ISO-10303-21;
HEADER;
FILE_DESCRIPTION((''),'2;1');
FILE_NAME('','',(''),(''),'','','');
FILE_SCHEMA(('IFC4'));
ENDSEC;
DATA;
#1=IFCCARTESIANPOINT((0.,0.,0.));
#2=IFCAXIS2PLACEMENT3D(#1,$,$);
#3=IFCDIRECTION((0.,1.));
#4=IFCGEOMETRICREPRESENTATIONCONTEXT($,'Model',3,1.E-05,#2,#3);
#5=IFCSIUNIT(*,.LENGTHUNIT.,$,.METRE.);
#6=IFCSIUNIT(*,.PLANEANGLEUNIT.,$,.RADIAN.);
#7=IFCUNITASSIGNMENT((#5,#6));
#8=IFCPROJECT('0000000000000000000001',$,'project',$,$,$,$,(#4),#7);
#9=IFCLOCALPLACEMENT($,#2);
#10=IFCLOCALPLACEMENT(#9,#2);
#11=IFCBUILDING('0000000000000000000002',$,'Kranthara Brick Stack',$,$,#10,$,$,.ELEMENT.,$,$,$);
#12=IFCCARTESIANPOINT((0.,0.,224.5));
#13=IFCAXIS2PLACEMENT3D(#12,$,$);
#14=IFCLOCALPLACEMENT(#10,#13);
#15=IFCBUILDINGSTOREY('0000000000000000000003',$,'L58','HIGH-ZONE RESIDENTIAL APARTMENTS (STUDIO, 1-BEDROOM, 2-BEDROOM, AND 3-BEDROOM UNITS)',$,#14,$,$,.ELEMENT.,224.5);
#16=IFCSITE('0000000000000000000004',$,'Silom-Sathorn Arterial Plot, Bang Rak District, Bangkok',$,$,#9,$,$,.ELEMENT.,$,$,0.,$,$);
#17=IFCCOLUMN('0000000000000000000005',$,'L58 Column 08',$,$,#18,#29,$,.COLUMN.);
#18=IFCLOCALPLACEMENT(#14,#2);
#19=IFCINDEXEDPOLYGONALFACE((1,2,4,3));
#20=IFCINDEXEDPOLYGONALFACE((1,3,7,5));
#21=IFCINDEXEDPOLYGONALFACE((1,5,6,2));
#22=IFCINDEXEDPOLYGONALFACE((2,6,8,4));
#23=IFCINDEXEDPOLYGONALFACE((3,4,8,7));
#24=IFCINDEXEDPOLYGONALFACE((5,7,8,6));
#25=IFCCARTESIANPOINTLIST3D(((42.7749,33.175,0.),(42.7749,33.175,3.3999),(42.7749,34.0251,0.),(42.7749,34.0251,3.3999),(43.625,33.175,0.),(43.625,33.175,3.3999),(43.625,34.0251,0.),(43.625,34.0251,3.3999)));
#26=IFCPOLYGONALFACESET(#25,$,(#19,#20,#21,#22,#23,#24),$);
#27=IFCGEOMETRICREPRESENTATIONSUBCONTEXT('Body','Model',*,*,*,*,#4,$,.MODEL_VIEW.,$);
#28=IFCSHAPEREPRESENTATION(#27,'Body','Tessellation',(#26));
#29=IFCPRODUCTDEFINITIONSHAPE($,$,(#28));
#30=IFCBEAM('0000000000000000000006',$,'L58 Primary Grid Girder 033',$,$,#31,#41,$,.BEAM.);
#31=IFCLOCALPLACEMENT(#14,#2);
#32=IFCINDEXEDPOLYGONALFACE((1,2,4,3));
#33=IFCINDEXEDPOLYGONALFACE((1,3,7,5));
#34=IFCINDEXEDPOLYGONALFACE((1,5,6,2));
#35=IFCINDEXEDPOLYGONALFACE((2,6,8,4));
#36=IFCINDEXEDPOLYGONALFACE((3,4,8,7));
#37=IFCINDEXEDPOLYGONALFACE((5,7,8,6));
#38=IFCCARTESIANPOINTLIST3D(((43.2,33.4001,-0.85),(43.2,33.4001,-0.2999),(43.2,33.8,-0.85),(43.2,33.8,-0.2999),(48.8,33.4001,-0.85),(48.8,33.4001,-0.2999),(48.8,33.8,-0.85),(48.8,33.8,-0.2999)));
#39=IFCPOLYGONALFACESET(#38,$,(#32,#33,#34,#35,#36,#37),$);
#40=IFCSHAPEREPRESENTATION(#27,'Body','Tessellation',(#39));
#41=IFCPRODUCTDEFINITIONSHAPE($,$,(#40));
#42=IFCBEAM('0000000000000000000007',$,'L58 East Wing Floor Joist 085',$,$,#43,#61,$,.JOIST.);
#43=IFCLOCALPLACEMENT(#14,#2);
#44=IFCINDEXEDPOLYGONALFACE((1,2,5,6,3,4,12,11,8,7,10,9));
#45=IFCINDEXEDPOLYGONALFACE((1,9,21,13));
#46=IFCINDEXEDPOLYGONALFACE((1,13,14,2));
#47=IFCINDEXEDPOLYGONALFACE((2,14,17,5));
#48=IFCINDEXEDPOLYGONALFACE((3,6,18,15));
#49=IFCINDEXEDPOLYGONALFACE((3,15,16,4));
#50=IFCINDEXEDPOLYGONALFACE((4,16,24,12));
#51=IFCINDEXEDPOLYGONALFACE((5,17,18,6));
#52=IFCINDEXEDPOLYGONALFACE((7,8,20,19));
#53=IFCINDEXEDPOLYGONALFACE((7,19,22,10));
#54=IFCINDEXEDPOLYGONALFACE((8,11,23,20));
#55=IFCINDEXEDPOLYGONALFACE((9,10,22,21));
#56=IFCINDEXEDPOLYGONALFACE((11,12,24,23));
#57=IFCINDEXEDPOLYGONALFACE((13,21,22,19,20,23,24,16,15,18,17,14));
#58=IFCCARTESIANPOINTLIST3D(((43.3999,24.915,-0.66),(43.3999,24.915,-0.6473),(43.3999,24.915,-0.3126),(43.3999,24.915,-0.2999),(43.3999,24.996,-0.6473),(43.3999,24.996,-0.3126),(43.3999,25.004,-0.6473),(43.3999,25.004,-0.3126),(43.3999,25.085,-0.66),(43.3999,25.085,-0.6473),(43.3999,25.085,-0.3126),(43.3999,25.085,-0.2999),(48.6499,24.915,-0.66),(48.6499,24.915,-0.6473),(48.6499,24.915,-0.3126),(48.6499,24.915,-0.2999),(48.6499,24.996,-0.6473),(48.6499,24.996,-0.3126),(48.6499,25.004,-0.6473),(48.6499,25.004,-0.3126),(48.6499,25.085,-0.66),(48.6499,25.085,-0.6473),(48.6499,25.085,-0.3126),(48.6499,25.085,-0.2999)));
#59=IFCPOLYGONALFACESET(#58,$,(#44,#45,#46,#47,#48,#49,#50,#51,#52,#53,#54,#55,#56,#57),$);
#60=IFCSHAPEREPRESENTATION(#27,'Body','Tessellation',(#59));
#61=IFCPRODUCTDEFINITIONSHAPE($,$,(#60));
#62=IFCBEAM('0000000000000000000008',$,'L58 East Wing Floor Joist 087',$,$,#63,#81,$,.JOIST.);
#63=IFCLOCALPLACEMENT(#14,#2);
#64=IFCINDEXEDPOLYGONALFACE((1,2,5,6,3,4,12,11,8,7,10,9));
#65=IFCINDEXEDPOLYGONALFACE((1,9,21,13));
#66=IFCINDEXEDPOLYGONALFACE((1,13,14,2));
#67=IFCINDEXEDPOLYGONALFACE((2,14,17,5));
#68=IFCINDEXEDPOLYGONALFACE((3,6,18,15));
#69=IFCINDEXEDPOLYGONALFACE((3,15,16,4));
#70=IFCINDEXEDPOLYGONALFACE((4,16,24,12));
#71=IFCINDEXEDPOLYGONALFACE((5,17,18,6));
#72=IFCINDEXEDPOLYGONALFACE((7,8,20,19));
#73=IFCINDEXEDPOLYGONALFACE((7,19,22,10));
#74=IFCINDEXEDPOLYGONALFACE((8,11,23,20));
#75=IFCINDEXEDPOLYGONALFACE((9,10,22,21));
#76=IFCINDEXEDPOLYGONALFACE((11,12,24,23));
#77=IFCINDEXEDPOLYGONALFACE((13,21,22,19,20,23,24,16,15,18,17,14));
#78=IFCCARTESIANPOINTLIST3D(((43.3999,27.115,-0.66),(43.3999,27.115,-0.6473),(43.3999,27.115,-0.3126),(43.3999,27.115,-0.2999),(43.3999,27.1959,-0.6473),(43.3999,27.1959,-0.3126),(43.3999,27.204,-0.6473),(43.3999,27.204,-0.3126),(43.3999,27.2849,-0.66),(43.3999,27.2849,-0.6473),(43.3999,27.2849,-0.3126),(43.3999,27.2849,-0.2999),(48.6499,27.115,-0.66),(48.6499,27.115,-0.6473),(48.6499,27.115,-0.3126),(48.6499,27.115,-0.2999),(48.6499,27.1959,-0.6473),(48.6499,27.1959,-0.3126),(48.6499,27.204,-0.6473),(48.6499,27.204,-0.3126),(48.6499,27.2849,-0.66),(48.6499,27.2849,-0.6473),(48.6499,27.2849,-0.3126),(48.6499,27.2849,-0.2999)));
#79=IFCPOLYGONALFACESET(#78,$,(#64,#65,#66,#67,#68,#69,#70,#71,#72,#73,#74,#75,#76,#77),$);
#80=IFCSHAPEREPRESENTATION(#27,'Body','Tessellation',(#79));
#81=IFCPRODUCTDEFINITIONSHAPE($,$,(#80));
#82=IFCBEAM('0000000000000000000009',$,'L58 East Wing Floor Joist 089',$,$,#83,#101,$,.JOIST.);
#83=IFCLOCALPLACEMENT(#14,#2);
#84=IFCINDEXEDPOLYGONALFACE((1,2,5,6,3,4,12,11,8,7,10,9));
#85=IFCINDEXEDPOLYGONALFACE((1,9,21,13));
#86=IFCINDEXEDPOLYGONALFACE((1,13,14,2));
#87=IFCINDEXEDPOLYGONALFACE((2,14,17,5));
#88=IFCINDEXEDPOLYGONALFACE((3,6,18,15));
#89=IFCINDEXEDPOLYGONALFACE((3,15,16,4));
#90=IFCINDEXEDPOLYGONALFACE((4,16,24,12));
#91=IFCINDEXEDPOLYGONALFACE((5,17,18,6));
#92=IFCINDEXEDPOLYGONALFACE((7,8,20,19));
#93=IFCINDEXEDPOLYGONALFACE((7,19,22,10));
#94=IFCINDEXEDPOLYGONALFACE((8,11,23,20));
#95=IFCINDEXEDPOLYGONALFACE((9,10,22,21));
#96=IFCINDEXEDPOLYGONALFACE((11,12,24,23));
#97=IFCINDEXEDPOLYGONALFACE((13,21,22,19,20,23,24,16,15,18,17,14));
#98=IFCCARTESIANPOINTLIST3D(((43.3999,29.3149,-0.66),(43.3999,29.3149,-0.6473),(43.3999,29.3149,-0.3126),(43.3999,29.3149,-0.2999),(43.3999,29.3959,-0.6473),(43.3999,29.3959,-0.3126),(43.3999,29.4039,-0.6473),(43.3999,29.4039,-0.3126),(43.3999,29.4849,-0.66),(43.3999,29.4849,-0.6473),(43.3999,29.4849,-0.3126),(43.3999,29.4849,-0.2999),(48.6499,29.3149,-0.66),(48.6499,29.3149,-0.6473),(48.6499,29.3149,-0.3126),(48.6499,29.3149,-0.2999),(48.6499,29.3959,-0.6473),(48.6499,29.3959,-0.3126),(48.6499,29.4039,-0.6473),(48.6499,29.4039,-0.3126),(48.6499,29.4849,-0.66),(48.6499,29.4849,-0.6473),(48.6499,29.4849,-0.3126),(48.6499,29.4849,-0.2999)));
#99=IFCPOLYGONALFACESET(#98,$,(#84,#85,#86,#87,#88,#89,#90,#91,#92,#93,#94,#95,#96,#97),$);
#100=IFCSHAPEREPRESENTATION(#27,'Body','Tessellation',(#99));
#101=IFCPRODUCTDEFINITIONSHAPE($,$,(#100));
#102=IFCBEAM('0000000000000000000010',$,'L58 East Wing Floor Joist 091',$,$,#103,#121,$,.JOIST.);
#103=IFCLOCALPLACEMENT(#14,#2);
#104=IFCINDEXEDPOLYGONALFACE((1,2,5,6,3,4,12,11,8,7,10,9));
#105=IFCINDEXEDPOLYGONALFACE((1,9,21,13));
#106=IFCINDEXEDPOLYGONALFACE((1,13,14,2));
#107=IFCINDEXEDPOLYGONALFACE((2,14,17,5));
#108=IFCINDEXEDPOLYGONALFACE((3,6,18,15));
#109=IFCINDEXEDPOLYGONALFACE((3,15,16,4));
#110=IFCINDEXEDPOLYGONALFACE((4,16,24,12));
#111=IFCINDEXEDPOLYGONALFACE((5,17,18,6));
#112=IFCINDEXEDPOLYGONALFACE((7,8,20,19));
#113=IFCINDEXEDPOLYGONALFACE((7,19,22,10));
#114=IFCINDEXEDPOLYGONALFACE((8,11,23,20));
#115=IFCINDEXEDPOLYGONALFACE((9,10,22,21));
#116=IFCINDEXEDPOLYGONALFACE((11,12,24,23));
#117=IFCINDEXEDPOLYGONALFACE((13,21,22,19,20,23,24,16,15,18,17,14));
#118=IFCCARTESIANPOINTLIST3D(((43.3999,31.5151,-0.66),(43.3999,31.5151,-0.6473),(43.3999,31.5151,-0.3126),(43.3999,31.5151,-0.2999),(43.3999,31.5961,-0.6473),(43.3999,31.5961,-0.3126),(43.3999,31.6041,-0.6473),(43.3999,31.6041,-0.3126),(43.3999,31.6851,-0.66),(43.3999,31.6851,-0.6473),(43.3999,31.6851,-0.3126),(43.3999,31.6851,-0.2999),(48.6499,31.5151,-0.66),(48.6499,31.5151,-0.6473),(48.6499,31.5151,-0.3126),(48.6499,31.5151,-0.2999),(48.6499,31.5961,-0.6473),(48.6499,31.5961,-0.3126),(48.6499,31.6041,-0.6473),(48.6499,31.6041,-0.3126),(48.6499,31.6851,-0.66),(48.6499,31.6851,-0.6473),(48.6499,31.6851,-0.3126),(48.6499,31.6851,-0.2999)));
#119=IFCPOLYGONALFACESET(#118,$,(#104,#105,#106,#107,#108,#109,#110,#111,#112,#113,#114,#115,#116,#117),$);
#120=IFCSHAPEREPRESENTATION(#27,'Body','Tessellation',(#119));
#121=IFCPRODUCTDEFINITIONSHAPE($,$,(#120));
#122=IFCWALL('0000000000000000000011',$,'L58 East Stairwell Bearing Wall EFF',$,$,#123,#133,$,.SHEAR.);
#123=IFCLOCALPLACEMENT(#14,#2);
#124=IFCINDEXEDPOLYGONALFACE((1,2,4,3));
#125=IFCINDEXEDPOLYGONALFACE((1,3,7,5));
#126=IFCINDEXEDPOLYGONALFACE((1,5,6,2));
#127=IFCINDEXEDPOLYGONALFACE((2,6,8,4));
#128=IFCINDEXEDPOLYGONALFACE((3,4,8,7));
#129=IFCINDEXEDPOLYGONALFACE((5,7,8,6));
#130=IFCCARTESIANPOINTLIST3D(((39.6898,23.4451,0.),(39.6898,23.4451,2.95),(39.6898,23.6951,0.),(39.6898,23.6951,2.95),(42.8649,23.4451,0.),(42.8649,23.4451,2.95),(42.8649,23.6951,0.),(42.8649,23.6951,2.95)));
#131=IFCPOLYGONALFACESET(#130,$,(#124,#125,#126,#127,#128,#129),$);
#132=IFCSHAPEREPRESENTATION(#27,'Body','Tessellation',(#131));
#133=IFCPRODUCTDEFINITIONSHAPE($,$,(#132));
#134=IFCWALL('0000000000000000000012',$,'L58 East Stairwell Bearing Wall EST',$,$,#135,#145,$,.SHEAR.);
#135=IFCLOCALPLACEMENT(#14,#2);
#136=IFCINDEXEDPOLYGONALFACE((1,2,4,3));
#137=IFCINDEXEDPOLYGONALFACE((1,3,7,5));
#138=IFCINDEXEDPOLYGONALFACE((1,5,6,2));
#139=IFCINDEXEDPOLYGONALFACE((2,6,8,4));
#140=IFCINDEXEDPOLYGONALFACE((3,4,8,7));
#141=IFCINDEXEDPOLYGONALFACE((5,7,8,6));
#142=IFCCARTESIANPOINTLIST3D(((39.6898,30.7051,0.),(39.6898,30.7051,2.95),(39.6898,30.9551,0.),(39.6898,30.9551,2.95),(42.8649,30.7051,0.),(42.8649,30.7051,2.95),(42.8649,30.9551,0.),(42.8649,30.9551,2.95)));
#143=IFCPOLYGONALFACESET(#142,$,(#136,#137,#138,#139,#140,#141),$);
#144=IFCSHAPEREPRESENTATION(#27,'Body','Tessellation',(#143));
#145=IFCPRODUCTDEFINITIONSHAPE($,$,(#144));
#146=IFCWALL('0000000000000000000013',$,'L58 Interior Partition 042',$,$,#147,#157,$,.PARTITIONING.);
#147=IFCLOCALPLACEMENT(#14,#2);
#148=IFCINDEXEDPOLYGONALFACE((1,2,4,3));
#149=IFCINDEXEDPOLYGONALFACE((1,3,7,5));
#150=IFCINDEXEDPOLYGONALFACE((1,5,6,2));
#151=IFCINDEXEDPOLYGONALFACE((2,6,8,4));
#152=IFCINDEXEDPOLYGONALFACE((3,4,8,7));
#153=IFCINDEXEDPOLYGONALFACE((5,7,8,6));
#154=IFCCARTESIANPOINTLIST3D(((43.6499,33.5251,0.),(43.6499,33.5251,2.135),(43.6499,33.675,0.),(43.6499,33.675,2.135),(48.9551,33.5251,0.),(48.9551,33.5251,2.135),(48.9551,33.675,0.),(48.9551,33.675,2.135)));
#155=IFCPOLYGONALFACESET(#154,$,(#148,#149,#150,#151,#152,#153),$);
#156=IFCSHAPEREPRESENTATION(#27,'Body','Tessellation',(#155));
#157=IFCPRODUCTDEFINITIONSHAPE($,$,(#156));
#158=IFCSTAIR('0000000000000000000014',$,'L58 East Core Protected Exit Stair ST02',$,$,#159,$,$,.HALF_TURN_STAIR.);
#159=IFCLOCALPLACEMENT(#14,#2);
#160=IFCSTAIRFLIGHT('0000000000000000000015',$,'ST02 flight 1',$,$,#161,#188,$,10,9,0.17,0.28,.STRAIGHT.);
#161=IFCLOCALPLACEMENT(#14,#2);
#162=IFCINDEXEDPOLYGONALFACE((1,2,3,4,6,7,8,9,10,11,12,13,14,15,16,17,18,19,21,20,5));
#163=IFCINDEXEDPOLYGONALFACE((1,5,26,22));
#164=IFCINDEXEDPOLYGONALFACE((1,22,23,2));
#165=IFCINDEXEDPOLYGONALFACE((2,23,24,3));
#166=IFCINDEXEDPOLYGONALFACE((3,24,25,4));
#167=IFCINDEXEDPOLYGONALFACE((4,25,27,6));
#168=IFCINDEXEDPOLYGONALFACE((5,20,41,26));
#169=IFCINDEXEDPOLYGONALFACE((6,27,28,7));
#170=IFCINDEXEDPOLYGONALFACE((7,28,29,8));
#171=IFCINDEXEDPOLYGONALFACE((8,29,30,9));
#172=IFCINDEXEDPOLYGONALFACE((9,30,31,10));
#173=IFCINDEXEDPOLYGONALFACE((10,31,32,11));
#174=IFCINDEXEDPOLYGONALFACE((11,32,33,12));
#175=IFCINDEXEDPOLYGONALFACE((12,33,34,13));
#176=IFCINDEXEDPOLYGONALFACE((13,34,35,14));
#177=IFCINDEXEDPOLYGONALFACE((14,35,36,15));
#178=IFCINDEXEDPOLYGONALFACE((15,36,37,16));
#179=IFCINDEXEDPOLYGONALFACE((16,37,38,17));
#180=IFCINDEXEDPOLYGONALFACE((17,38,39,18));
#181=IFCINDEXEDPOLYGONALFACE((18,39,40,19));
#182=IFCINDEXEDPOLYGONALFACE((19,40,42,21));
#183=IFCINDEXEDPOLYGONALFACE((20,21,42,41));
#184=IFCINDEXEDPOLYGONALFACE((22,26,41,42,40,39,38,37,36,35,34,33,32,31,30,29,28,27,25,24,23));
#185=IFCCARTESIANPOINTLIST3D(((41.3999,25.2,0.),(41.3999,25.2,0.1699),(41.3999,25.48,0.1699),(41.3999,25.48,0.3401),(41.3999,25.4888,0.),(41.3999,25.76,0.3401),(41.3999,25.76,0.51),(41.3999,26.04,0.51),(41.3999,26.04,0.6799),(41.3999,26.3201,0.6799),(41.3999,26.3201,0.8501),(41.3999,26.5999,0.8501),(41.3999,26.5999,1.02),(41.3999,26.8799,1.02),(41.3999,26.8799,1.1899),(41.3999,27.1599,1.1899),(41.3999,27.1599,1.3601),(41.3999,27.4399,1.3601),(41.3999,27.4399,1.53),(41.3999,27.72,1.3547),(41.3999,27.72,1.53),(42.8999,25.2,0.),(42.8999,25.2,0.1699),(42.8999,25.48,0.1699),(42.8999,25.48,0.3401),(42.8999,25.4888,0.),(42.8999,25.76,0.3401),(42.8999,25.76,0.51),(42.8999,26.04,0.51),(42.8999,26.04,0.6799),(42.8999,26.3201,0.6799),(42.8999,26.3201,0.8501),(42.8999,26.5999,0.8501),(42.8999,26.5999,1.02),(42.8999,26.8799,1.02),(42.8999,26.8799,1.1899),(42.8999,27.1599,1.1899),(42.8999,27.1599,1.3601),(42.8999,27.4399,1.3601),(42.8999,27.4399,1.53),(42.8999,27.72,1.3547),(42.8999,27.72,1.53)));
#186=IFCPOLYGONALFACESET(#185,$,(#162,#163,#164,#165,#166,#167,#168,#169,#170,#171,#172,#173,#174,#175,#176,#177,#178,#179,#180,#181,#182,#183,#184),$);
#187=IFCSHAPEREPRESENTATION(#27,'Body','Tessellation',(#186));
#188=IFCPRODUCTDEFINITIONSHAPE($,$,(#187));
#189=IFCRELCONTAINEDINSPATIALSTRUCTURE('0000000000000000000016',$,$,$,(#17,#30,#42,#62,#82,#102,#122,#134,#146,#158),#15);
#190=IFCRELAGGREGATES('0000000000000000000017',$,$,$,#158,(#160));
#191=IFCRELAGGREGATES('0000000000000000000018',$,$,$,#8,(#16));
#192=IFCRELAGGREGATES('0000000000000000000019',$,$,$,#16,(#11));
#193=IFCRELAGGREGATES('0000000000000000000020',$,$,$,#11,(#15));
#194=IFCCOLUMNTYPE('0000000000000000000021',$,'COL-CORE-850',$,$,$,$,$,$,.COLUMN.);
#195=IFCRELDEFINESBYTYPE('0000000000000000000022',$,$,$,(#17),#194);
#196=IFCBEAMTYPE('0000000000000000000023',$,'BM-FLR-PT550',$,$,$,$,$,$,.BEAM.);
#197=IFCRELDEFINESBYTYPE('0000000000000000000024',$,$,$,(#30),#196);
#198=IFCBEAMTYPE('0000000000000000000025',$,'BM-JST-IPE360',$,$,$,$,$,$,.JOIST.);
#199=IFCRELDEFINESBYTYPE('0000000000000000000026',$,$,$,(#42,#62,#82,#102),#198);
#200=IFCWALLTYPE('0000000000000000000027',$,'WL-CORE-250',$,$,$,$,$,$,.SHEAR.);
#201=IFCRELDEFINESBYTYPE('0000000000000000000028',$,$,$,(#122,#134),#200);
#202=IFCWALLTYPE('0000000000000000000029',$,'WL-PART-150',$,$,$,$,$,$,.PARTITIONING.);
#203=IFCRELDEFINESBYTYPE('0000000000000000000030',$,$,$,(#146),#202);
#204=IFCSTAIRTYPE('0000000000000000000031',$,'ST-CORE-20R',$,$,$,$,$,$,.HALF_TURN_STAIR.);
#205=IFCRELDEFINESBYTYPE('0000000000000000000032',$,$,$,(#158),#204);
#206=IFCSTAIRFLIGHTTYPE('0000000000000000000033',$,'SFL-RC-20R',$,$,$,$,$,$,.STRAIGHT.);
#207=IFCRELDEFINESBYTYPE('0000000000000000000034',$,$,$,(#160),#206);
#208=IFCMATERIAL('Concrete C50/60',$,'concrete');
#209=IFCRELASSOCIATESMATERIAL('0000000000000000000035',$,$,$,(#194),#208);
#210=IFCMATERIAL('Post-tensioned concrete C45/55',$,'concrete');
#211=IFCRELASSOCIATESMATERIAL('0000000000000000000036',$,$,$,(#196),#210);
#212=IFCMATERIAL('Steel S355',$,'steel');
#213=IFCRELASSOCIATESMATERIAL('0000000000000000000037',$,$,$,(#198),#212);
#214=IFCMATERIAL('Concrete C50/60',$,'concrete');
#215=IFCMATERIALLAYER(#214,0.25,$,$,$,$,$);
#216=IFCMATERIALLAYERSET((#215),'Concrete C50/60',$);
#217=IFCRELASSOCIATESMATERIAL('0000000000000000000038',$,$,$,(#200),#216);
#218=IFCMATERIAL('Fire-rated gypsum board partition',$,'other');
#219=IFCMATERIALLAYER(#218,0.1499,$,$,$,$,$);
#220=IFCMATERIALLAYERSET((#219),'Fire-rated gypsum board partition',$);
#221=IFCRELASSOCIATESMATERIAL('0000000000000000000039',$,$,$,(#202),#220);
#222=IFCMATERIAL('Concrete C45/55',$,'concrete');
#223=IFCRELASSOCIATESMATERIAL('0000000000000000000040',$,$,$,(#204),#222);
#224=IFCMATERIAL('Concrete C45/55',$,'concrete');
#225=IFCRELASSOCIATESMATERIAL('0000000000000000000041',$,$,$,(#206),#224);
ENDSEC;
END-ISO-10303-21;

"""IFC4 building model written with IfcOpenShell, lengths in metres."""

from ifc_helpers import new_model, si_unit, direction, frame, frame_2d, origin, origin_2d, place, context, subcontext, project, spatial, polyline, rectangle, i_section, outline, extrude, material, layer, layer_set, material_profile, profile_set, type_object, element, aggregate, save


model = new_model("IFC4")

# Units and contexts
model_context = context("Model", 3, precision=1e-05, world=origin(), true_north=direction((0.0, 1.0)))
body_context = subcontext(model_context, "Body", "Model", "MODEL_VIEW")
ifc_project = project(units=[si_unit("LENGTHUNIT", "METRE"), si_unit("PLANEANGLEUNIT", "RADIAN")], contexts=[model_context])

# Site, building, storey
site_placement = place(None, origin())
site = spatial("IfcSite", under=ifc_project, at=site_placement, Name="Silom-Sathorn Arterial Plot, Bang Rak District, Bangkok", CompositionType="ELEMENT", RefElevation=0.0)
building_placement = place(site_placement, origin())
building = spatial("IfcBuilding", under=site, at=building_placement, Name="Kranthara Brick Stack", CompositionType="ELEMENT")
storey_placement = place(building_placement, frame((0.0, 0.0, 224.5)))
storey = spatial("IfcBuildingStorey", under=building, at=storey_placement, Name="L58", Description="HIGH-ZONE RESIDENTIAL APARTMENTS (STUDIO, 1-BEDROOM, 2-BEDROOM, AND 3-BEDROOM UNITS)", CompositionType="ELEMENT", Elevation=224.5)

# Column
ifc_material_1 = material(Name="Concrete C50/60", Category="concrete")
ifc_material_profile_1 = material_profile(ifc_material_1, rectangle(XDim=0.8501, YDim=0.8501, at=origin_2d()), Name="RC 850x850")
ifc_profile_set_1 = profile_set([ifc_material_profile_1], Name="Concrete C50/60")
column_type = type_object("IfcColumnType", Name="COL-CORE-850", PredefinedType="COLUMN", material=ifc_profile_set_1)
column_placement = place(storey_placement, frame((43.2, 33.6001, 0.0), z_axis=(0.0, 0.0, 1.0), x_axis=(1.0, 0.0, 0.0)))
element("IfcColumn", 1, at=column_placement, inside=storey, type_object=column_type, Name="L58 Column 08", PredefinedType="COLUMN", context=body_context, shape_type="SweptSolid", body=[
    extrude(rectangle(XDim=0.8501, YDim=0.8501, at=origin_2d()), origin(), (0.0, 0.0, 1.0), 3.3999),
])

# Beams
ifc_material_2 = material(Name="Post-tensioned concrete C45/55", Category="concrete")
ifc_material_profile_2 = material_profile(ifc_material_2, rectangle(XDim=0.3999, YDim=0.55, at=origin_2d()), Name="PT 400x550")
ifc_profile_set_2 = profile_set([ifc_material_profile_2], Name="Post-tensioned concrete C45/55")
beam_type_1 = type_object("IfcBeamType", Name="BM-FLR-PT550", PredefinedType="BEAM", material=ifc_profile_set_2)
beam_placement = place(storey_placement, frame((43.2, 33.6001, -0.575), z_axis=(1.0, 0.0, 0.0), x_axis=(0.0, 1.0, 0.0)))
element("IfcBeam", 2, at=beam_placement, inside=storey, type_object=beam_type_1, Name="L58 Primary Grid Girder 033", PredefinedType="BEAM", context=body_context, shape_type="SweptSolid", body=[
    extrude(rectangle(XDim=0.3999, YDim=0.55, at=origin_2d()), origin(), (0.0, 0.0, 1.0), 5.6001),
])
ifc_material_3 = material(Name="Steel S355", Category="steel")
ifc_material_profile_3 = material_profile(ifc_material_3, i_section(OverallWidth=0.1699, OverallDepth=0.3601, WebThickness=0.0081, FlangeThickness=0.0127, at=origin_2d()), Name="IPE 360")
ifc_profile_set_3 = profile_set([ifc_material_profile_3], Name="Steel S355")
beam_type_2 = type_object("IfcBeamType", Name="BM-JST-IPE360", PredefinedType="JOIST", material=ifc_profile_set_3)
for number, where, z_axis, x_axis, name in (
    (3, (43.3999, 25.0, -0.48), (1.0, 0.0, 0.0), (0.0, 1.0, 0.0), "L58 East Wing Floor Joist 085"),
    (4, (43.3999, 27.2, -0.48), (1.0, 0.0, 0.0), (0.0, 1.0, 0.0), "L58 East Wing Floor Joist 087"),
    (5, (43.3999, 29.3999, -0.48), (1.0, 0.0, 0.0), (0.0, 1.0, 0.0), "L58 East Wing Floor Joist 089"),
    (6, (43.3999, 31.6001, -0.48), (1.0, 0.0, 0.0), (0.0, 1.0, 0.0), "L58 East Wing Floor Joist 091"),
):
    element("IfcBeam", number, at=place(storey_placement, frame(where, z_axis=z_axis, x_axis=x_axis)), inside=storey, type_object=beam_type_2, Name=name, PredefinedType="JOIST", context=body_context, shape_type="SweptSolid", body=[
        extrude(i_section(OverallWidth=0.1699, OverallDepth=0.3601, WebThickness=0.0081, FlangeThickness=0.0127, at=origin_2d()), origin(), (0.0, 0.0, 1.0), 5.25),
    ])

# Walls
ifc_material_4 = material(Name="Concrete C50/60", Category="concrete")
ifc_layer_1 = layer(ifc_material_4, 0.25)
ifc_layer_set_1 = layer_set([ifc_layer_1], Name="Concrete C50/60")
wall_type_1 = type_object("IfcWallType", Name="WL-CORE-250", PredefinedType="SHEAR", material=ifc_layer_set_1)
for number, where, z_axis, x_axis, name in (
    (7, (39.6899, 23.5701, 0.0), (0.0, 0.0, 1.0), (1.0, 0.0, 0.0), "L58 East Stairwell Bearing Wall EFF"),
    (8, (39.6899, 30.8301, 0.0), (0.0, 0.0, 1.0), (1.0, 0.0, 0.0), "L58 East Stairwell Bearing Wall EST"),
):
    element("IfcWall", number, at=place(storey_placement, frame(where, z_axis=z_axis, x_axis=x_axis)), inside=storey, type_object=wall_type_1, Name=name, PredefinedType="SHEAR", context=body_context, shape_type="SweptSolid", body=[
        extrude(rectangle(XDim=3.175, YDim=0.25, at=frame_2d((1.5874, 0.0))), origin(), (0.0, 0.0, 1.0), 2.95),
    ])
ifc_material_5 = material(Name="Fire-rated gypsum board partition", Category="other")
ifc_layer_2 = layer(ifc_material_5, 0.1499)
ifc_layer_set_2 = layer_set([ifc_layer_2], Name="Fire-rated gypsum board partition")
wall_type_2 = type_object("IfcWallType", Name="WL-PART-150", PredefinedType="PARTITIONING", material=ifc_layer_set_2)
wall_placement = place(storey_placement, frame((43.6499, 33.6001, 0.0), z_axis=(0.0, 0.0, 1.0), x_axis=(1.0, 0.0, 0.0)))
element("IfcWall", 9, at=wall_placement, inside=storey, type_object=wall_type_2, Name="L58 Interior Partition 042", PredefinedType="PARTITIONING", context=body_context, shape_type="SweptSolid", body=[
    extrude(rectangle(XDim=5.3052, YDim=0.1499, at=frame_2d((2.6526, 0.0))), origin(), (0.0, 0.0, 1.0), 2.135),
])

# Stair, stair flight
ifc_material_6 = material(Name="Concrete C45/55", Category="concrete")
stair_type = type_object("IfcStairType", Name="ST-CORE-20R", PredefinedType="HALF_TURN_STAIR", material=ifc_material_6)
stair_placement = place(storey_placement, origin())
stair = element("IfcStair", 10, at=stair_placement, inside=storey, type_object=stair_type, Name="L58 East Core Protected Exit Stair ST02", PredefinedType="HALF_TURN_STAIR")
ifc_material_7 = material(Name="Concrete C45/55", Category="concrete")
stair_flight_type = type_object("IfcStairFlightType", Name="SFL-RC-20R", PredefinedType="STRAIGHT", material=ifc_material_7)
stair_flight_1_placement = place(storey_placement, frame((42.1499, 25.2, 0.0), z_axis=(0.0, 0.0, 1.0), x_axis=(0.0, 1.0, 0.0)))
stair_flight_1 = element("IfcStairFlight", 11, at=stair_flight_1_placement, type_object=stair_flight_type, Name="ST02 flight 1", NumberOfRisers=10, NumberOfTreads=9, PredefinedType="STRAIGHT", RiserHeight=0.17, TreadLength=0.28, context=body_context, shape_type="SweptSolid", body=[
    extrude(outline(polyline([(0.0, 0.0), (0.0, 0.1699), (0.28, 0.1699), (0.28, 0.3401), (0.5601, 0.3401), (0.5601, 0.51), (0.8401, 0.51), (0.8401, 0.6799), (1.1201, 0.6799), (1.1201, 0.8501), (1.3999, 0.8501), (1.3999, 1.02), (1.6799, 1.02), (1.6799, 1.1899), (1.96, 1.1899), (1.96, 1.3601), (2.24, 1.3601), (2.24, 1.53), (2.52, 1.53), (2.52, 1.7), (2.52, 1.3547), (0.2888, 0.0), (0.0, 0.0)])), frame((0.0, 0.75, 0.0), z_axis=(0.0, -1.0, 0.0), x_axis=(1.0, 0.0, 0.0)), (0.0, 0.0, 1.0), 1.5),
])
aggregate(stair, [stair_flight_1])

save(model, "model.ifc")
